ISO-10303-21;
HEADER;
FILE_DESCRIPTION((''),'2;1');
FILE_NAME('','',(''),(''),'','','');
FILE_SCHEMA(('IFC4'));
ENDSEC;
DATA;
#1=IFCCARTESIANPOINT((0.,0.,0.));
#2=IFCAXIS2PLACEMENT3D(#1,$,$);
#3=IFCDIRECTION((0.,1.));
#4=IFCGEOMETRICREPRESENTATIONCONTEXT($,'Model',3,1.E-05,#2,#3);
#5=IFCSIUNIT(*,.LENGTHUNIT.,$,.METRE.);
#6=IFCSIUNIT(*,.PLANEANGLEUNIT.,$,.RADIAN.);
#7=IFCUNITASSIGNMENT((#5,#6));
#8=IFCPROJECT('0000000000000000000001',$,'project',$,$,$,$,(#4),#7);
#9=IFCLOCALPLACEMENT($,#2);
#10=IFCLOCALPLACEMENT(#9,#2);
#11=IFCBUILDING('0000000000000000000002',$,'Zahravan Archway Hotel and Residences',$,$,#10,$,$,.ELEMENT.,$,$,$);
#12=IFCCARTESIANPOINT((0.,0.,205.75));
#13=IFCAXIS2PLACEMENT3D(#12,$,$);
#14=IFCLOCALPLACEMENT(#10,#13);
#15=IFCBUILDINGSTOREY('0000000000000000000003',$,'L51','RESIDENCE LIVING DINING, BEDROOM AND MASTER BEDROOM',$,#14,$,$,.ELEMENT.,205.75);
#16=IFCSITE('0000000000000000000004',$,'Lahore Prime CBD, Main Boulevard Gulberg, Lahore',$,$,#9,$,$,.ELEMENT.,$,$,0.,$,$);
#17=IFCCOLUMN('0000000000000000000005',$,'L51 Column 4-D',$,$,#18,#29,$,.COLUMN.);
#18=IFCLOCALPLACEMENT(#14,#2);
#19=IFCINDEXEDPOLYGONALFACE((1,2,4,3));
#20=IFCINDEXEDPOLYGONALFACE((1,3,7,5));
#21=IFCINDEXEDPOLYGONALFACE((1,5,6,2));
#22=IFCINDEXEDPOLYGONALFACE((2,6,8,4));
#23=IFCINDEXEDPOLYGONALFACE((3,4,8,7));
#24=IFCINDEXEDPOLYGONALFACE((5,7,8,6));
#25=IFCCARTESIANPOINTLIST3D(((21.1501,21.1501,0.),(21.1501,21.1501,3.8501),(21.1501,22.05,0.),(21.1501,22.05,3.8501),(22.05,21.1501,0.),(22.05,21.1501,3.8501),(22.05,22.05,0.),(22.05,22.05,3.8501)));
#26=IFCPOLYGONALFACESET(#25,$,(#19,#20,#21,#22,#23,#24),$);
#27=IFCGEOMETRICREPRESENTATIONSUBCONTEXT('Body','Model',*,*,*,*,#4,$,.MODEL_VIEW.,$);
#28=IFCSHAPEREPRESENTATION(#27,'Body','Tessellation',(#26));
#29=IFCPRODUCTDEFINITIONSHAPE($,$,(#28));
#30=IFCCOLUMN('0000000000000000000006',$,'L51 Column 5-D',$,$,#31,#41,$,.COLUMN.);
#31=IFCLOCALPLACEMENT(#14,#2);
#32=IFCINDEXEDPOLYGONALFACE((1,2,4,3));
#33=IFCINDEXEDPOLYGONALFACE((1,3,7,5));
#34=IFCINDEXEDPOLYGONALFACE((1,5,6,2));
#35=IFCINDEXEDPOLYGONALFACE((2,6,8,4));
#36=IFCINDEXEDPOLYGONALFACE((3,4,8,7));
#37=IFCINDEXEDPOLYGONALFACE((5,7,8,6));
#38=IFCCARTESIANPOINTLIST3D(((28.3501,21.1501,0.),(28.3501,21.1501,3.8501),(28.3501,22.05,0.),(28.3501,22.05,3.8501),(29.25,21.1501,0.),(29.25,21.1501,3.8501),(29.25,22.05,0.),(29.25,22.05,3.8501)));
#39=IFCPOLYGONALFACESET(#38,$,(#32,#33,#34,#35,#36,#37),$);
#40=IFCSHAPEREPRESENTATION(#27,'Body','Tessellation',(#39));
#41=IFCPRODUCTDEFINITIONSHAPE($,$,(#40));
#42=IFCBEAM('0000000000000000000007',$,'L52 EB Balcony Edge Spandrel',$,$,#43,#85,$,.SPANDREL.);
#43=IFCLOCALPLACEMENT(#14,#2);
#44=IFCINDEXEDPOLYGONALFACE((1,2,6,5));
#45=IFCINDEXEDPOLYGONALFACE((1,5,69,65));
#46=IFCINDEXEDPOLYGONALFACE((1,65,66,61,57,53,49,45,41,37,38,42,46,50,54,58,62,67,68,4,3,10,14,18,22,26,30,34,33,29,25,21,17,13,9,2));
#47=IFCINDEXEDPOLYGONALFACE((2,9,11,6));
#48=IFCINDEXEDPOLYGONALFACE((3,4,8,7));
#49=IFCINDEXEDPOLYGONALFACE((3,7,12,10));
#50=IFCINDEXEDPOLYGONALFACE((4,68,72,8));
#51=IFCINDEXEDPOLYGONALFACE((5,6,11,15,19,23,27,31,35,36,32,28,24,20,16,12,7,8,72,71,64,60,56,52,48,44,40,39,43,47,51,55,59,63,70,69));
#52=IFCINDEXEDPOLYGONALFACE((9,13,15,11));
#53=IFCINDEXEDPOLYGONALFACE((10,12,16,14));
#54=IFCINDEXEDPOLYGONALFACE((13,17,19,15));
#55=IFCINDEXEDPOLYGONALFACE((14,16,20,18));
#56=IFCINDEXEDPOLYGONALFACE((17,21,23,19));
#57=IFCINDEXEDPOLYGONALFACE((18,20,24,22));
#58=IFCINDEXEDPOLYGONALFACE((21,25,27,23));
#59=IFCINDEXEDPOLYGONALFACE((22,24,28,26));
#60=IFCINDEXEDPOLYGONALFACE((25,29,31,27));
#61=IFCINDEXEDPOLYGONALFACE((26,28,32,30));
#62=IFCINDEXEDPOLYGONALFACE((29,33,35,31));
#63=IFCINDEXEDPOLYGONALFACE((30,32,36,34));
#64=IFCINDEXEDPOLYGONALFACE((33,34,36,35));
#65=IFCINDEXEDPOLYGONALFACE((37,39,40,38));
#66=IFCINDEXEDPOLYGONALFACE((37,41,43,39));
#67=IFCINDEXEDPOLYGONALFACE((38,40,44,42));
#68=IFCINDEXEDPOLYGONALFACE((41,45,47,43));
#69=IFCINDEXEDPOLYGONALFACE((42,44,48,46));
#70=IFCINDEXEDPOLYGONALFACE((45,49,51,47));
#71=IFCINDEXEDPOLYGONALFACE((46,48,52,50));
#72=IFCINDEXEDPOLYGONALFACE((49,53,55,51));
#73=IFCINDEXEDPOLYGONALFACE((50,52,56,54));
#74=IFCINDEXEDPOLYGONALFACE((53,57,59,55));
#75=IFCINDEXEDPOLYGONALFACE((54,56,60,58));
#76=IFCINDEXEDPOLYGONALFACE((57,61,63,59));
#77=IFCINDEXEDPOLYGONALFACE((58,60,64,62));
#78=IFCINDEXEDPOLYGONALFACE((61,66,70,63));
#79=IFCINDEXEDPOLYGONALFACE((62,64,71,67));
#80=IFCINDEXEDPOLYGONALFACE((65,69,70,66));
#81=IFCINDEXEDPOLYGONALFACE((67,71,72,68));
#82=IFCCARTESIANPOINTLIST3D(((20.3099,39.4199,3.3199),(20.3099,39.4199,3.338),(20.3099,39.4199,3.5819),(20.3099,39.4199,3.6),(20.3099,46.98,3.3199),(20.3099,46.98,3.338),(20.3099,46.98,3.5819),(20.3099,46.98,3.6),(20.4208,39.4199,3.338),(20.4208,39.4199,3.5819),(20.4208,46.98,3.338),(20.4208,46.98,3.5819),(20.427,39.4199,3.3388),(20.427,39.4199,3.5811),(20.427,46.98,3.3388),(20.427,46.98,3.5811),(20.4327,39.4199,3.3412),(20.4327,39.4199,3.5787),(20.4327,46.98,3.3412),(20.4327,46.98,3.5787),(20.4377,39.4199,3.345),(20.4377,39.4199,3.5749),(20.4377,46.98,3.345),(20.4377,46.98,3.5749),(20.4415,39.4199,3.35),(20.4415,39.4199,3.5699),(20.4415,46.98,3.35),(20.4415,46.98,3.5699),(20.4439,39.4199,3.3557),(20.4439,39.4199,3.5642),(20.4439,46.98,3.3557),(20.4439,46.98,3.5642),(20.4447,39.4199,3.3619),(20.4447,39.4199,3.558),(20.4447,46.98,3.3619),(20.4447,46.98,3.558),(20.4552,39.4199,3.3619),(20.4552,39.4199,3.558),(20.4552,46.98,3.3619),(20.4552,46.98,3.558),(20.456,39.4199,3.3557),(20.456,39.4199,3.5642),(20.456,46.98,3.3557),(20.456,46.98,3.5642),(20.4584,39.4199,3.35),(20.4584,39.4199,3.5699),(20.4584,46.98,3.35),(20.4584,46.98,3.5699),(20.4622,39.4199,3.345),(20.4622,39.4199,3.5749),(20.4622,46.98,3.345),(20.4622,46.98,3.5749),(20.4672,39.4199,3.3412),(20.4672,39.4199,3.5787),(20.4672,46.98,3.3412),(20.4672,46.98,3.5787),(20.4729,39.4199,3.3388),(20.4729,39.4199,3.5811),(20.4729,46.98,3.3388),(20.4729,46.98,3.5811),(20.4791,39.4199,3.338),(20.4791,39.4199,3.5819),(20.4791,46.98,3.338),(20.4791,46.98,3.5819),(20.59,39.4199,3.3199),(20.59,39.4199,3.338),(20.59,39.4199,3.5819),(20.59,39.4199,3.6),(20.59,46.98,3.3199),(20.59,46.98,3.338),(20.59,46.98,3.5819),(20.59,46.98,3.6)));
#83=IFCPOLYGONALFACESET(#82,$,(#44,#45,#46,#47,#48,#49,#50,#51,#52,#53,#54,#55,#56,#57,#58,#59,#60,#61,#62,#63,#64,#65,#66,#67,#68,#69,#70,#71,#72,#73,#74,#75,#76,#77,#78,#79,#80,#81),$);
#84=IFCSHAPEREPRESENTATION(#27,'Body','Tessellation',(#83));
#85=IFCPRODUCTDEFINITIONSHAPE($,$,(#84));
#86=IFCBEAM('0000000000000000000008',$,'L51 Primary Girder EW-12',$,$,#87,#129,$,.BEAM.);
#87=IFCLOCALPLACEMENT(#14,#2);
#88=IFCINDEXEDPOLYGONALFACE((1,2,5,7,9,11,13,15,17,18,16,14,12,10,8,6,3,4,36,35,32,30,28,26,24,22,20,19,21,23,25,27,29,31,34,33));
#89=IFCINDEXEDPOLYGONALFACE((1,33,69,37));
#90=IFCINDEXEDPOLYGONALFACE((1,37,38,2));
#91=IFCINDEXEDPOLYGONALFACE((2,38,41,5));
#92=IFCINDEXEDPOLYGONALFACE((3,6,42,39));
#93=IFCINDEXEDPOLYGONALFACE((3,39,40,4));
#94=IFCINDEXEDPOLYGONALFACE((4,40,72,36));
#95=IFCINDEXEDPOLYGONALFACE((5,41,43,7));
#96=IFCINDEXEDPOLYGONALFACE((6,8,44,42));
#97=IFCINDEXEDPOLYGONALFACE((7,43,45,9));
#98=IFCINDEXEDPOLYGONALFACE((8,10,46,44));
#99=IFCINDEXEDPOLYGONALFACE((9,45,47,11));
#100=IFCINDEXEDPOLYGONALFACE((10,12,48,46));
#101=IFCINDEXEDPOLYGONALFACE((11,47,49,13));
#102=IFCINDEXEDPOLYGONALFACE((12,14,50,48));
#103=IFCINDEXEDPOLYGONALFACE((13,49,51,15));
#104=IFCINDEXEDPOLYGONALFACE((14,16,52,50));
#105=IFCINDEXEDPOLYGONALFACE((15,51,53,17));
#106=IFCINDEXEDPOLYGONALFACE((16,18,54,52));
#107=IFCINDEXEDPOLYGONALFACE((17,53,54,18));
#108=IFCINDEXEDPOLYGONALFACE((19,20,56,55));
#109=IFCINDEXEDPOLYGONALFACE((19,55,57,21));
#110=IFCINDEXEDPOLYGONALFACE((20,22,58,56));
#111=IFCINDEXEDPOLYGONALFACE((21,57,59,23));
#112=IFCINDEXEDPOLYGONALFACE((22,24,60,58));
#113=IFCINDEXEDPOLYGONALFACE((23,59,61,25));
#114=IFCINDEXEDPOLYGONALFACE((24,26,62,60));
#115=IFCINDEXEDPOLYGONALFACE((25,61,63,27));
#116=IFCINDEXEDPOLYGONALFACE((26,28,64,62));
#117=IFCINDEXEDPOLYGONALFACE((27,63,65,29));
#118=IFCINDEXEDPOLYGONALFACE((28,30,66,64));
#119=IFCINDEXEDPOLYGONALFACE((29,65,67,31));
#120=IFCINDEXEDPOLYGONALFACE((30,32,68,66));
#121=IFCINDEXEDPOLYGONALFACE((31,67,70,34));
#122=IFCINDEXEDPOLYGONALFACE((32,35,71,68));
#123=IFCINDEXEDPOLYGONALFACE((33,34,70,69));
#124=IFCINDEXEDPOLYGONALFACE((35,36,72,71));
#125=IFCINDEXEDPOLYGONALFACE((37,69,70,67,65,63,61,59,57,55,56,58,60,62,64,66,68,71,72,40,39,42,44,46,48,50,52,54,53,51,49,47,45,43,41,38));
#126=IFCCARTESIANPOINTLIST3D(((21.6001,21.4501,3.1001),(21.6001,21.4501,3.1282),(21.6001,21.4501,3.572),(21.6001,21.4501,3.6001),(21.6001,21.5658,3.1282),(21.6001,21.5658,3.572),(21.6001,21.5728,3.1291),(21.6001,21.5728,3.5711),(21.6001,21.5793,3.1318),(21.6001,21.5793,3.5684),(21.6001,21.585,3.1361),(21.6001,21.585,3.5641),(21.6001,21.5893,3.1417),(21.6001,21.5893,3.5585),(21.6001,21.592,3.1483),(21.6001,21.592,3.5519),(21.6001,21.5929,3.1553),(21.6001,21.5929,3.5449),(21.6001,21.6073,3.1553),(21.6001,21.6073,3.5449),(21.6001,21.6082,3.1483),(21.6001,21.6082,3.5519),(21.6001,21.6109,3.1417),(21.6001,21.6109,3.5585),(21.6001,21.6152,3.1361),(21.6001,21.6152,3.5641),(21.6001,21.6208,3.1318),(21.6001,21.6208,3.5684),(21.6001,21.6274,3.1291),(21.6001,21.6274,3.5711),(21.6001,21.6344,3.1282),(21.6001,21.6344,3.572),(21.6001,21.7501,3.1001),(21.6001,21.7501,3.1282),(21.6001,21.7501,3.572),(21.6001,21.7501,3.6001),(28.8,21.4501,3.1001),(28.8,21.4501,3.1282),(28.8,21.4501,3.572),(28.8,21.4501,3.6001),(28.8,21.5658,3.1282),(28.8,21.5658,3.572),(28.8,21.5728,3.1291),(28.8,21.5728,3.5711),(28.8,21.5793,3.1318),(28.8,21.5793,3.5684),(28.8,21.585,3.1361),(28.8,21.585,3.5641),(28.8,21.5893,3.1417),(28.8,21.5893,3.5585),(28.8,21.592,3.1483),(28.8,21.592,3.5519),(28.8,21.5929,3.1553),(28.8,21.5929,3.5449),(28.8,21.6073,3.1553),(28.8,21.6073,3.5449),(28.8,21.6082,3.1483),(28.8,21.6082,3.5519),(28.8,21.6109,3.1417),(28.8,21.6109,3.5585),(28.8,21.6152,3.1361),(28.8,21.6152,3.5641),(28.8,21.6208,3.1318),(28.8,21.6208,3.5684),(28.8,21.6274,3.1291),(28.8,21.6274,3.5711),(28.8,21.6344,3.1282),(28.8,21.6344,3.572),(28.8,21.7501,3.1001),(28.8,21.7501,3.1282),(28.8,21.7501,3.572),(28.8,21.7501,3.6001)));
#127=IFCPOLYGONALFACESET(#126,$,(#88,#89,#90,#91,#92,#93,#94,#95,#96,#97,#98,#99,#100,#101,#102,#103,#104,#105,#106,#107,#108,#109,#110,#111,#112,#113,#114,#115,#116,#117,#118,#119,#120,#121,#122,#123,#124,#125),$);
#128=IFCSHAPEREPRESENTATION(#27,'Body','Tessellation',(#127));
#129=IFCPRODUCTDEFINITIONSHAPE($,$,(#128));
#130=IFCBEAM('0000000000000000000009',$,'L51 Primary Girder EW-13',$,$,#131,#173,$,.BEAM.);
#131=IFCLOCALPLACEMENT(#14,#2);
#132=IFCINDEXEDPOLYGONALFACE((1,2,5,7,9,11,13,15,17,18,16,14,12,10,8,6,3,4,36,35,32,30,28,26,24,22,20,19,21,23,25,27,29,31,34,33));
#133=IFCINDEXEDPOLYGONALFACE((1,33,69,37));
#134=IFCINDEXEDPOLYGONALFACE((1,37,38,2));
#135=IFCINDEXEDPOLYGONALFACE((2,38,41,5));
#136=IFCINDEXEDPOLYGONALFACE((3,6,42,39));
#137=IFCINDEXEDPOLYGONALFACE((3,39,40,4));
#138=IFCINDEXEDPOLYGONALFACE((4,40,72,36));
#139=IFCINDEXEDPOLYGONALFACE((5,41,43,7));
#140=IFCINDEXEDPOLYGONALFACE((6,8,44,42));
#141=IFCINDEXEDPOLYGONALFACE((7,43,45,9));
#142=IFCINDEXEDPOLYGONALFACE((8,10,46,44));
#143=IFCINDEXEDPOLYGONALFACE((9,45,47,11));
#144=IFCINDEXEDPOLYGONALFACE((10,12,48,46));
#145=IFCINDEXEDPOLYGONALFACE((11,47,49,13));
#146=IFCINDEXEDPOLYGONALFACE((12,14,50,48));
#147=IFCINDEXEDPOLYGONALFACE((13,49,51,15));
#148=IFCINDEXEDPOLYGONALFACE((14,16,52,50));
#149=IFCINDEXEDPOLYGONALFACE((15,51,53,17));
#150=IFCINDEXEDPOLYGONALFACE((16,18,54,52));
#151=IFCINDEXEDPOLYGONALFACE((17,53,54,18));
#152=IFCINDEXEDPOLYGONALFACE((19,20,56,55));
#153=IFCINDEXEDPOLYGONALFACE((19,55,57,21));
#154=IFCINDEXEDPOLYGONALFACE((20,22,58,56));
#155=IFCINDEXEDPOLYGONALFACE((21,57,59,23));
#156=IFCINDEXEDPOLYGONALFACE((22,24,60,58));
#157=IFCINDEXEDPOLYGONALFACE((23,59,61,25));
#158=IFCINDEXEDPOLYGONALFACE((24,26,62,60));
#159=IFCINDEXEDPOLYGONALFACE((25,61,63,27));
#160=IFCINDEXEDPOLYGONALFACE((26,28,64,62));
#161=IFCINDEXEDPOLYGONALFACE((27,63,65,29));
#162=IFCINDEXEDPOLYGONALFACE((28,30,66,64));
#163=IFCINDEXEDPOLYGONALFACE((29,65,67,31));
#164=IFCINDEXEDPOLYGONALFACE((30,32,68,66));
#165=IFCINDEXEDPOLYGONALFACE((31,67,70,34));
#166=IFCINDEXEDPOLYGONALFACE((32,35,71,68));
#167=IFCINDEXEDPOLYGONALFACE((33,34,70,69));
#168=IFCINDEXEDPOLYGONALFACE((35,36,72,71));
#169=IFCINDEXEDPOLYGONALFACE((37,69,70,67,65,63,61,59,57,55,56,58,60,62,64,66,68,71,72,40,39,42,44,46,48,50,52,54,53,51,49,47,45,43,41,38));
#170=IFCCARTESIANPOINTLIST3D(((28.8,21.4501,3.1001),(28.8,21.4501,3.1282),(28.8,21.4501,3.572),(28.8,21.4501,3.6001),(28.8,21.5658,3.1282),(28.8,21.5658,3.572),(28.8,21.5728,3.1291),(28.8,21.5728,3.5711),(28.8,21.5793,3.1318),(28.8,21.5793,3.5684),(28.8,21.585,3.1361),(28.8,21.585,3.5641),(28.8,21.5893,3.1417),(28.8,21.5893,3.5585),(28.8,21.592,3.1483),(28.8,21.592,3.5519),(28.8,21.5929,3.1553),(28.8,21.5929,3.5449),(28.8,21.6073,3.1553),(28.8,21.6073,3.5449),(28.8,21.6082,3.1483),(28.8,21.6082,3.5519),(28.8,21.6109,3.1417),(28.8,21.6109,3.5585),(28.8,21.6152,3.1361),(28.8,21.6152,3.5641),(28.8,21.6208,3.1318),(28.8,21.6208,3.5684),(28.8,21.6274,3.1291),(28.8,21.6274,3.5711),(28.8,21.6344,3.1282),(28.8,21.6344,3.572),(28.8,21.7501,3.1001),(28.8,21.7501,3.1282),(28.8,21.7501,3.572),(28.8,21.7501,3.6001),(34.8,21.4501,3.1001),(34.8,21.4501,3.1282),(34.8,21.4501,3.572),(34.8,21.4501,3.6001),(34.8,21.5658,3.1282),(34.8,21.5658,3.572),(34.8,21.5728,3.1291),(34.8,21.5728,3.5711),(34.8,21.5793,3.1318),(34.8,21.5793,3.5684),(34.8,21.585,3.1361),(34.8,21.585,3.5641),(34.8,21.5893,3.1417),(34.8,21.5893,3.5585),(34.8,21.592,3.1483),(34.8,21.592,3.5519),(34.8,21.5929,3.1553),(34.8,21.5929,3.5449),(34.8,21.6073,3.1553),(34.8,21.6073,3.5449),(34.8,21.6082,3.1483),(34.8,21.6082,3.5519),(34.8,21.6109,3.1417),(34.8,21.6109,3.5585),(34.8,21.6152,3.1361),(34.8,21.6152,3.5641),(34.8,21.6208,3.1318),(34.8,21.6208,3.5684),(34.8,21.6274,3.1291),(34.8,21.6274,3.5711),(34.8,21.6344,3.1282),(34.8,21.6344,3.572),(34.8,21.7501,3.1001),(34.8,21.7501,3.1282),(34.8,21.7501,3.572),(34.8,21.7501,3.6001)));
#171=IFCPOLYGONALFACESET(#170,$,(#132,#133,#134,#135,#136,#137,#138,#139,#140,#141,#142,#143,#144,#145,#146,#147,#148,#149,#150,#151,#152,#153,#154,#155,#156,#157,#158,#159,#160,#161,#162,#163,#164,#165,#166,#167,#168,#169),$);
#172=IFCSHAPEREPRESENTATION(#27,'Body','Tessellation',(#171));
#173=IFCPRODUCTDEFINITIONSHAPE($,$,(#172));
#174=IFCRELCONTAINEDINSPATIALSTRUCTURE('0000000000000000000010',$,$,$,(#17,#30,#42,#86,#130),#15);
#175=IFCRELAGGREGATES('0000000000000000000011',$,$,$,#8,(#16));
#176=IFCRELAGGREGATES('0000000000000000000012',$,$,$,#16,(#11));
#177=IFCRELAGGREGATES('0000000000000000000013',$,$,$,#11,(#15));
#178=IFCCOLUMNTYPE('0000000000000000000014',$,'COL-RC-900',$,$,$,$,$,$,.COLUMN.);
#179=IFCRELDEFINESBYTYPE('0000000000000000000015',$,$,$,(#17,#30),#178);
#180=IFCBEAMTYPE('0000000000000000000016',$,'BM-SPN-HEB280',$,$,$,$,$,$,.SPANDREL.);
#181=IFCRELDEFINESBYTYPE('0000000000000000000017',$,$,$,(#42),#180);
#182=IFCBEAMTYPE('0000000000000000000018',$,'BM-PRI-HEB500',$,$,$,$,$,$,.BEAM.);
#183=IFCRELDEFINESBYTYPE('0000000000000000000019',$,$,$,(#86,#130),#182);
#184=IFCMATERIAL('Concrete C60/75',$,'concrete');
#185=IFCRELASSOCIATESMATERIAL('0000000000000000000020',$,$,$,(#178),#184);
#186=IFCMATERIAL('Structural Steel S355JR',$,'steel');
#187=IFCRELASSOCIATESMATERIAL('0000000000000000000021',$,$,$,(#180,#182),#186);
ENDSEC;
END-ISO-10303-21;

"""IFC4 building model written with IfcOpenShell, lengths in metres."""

from ifc_helpers import new_model, si_unit, direction, frame, origin, origin_2d, place, context, subcontext, project, spatial, rectangle, i_section, extrude, source, transform, mapped, material, material_profile, profile_set, type_object, type_shapes, element, save


model = new_model("IFC4")

# Units and contexts
model_context = context("Model", 3, precision=1e-05, world=origin(), true_north=direction((0.0, 1.0)))
body_context = subcontext(model_context, "Body", "Model", "MODEL_VIEW")
ifc_project = project(units=[si_unit("LENGTHUNIT", "METRE"), si_unit("PLANEANGLEUNIT", "RADIAN")], contexts=[model_context])

# Site, building, storey
site_placement = place(None, origin())
site = spatial("IfcSite", under=ifc_project, at=site_placement, Name="Lahore Prime CBD, Main Boulevard Gulberg, Lahore", CompositionType="ELEMENT", RefElevation=0.0)
building_placement = place(site_placement, origin())
building = spatial("IfcBuilding", under=site, at=building_placement, Name="Zahravan Archway Hotel and Residences", CompositionType="ELEMENT")
storey_placement = place(building_placement, frame((0.0, 0.0, 205.75)))
storey = spatial("IfcBuildingStorey", under=building, at=storey_placement, Name="L51", Description="RESIDENCE LIVING DINING, BEDROOM AND MASTER BEDROOM", CompositionType="ELEMENT", Elevation=205.75)

# Columns
ifc_material_1 = material(Name="Concrete C60/75", Category="concrete")
ifc_material_profile_1 = material_profile(ifc_material_1, rectangle(XDim=0.8999, YDim=0.8999, at=origin_2d()), Name="RC-COL-900x900", Category="concrete")
ifc_profile_set_1 = profile_set([ifc_material_profile_1], Name="Concrete C60/75")
column_type = type_object("IfcColumnType", Name="COL-RC-900", PredefinedType="COLUMN", material=ifc_profile_set_1)
shared_shape_1 = source(origin(), body_context, "Body", "SweptSolid", [
    extrude(rectangle(XDim=0.8999, YDim=0.8999, at=origin_2d()), origin(), (0.0, 0.0, 1.0), 3.8501),
])
type_shapes(column_type, [shared_shape_1])
for number, where, z_axis, x_axis, name in (
    (1, (21.6001, 21.6001, 0.0), (0.0, 0.0, 1.0), (1.0, 0.0, 0.0), "L51 Column 4-D"),
    (2, (28.8, 21.6001, 0.0), (0.0, 0.0, 1.0), (1.0, 0.0, 0.0), "L51 Column 5-D"),
):
    element("IfcColumn", number, at=place(storey_placement, frame(where, z_axis=z_axis, x_axis=x_axis)), inside=storey, type_object=column_type, Name=name, PredefinedType="COLUMN", context=body_context, shape_type="MappedRepresentation", body=[
        mapped(shared_shape_1, transform((0.0, 0.0, 0.0), scale=1.0)),
    ])

# Beams
ifc_material_2 = material(Name="Structural Steel S355JR", Category="steel")
ifc_material_profile_2 = material_profile(ifc_material_2, i_section(OverallWidth=0.28, OverallDepth=0.28, WebThickness=0.0105, FlangeThickness=0.0181, FilletRadius=0.0239, at=origin_2d()), Name="HEB 280", Category="steel")
ifc_profile_set_2 = profile_set([ifc_material_profile_2], Name="Structural Steel S355JR")
beam_type_1 = type_object("IfcBeamType", Name="BM-SPN-HEB280", PredefinedType="SPANDREL", material=ifc_profile_set_2)
shared_shape_2 = source(origin(), body_context, "Body", "SweptSolid", [
    extrude(i_section(OverallWidth=0.28, OverallDepth=0.28, WebThickness=0.0105, FlangeThickness=0.0181, FilletRadius=0.0239, at=origin_2d()), origin(), (0.0, 0.0, 1.0), 7.5601),
])
type_shapes(beam_type_1, [shared_shape_2])
beam_1_placement = place(storey_placement, frame((20.45, 39.4199, 3.46), z_axis=(0.0, 1.0, 0.0), x_axis=(-1.0, 0.0, 0.0)))
element("IfcBeam", 3, at=beam_1_placement, inside=storey, type_object=beam_type_1, Name="L52 EB Balcony Edge Spandrel", PredefinedType="SPANDREL", context=body_context, shape_type="MappedRepresentation", body=[
    mapped(shared_shape_2, transform((0.0, 0.0, 0.0), scale=1.0)),
])
ifc_material_profile_3 = material_profile(ifc_material_2, i_section(OverallWidth=0.3, OverallDepth=0.5, WebThickness=0.0144, FlangeThickness=0.0281, FilletRadius=0.0271, at=origin_2d()), Name="HEB 500", Category="steel")
ifc_profile_set_3 = profile_set([ifc_material_profile_3], Name="Structural Steel S355JR")
beam_type_2 = type_object("IfcBeamType", Name="BM-PRI-HEB500", PredefinedType="BEAM", material=ifc_profile_set_3)
shared_shape_3 = source(origin(), body_context, "Body", "SweptSolid", [
    extrude(i_section(OverallWidth=0.3, OverallDepth=0.5, WebThickness=0.0144, FlangeThickness=0.0281, FilletRadius=0.0271, at=origin_2d()), origin(), (0.0, 0.0, 1.0), 7.2),
])
beam_2_placement = place(storey_placement, frame((21.6001, 21.6001, 3.3501), z_axis=(1.0, 0.0, 0.0), x_axis=(0.0, 1.0, 0.0)))
element("IfcBeam", 4, at=beam_2_placement, inside=storey, type_object=beam_type_2, Name="L51 Primary Girder EW-12", PredefinedType="BEAM", context=body_context, shape_type="MappedRepresentation", body=[
    mapped(shared_shape_3, transform((0.0, 0.0, 0.0), scale=1.0)),
])
shared_shape_4 = source(origin(), body_context, "Body", "SweptSolid", [
    extrude(i_section(OverallWidth=0.3, OverallDepth=0.5, WebThickness=0.0144, FlangeThickness=0.0281, FilletRadius=0.0271, at=origin_2d()), origin(), (0.0, 0.0, 1.0), 6.0),
])
beam_3_placement = place(storey_placement, frame((28.8, 21.6001, 3.3501), z_axis=(1.0, 0.0, 0.0), x_axis=(0.0, 1.0, 0.0)))
element("IfcBeam", 5, at=beam_3_placement, inside=storey, type_object=beam_type_2, Name="L51 Primary Girder EW-13", PredefinedType="BEAM", context=body_context, shape_type="MappedRepresentation", body=[
    mapped(shared_shape_4, transform((0.0, 0.0, 0.0), scale=1.0)),
])

save(model, "model.ifc")
